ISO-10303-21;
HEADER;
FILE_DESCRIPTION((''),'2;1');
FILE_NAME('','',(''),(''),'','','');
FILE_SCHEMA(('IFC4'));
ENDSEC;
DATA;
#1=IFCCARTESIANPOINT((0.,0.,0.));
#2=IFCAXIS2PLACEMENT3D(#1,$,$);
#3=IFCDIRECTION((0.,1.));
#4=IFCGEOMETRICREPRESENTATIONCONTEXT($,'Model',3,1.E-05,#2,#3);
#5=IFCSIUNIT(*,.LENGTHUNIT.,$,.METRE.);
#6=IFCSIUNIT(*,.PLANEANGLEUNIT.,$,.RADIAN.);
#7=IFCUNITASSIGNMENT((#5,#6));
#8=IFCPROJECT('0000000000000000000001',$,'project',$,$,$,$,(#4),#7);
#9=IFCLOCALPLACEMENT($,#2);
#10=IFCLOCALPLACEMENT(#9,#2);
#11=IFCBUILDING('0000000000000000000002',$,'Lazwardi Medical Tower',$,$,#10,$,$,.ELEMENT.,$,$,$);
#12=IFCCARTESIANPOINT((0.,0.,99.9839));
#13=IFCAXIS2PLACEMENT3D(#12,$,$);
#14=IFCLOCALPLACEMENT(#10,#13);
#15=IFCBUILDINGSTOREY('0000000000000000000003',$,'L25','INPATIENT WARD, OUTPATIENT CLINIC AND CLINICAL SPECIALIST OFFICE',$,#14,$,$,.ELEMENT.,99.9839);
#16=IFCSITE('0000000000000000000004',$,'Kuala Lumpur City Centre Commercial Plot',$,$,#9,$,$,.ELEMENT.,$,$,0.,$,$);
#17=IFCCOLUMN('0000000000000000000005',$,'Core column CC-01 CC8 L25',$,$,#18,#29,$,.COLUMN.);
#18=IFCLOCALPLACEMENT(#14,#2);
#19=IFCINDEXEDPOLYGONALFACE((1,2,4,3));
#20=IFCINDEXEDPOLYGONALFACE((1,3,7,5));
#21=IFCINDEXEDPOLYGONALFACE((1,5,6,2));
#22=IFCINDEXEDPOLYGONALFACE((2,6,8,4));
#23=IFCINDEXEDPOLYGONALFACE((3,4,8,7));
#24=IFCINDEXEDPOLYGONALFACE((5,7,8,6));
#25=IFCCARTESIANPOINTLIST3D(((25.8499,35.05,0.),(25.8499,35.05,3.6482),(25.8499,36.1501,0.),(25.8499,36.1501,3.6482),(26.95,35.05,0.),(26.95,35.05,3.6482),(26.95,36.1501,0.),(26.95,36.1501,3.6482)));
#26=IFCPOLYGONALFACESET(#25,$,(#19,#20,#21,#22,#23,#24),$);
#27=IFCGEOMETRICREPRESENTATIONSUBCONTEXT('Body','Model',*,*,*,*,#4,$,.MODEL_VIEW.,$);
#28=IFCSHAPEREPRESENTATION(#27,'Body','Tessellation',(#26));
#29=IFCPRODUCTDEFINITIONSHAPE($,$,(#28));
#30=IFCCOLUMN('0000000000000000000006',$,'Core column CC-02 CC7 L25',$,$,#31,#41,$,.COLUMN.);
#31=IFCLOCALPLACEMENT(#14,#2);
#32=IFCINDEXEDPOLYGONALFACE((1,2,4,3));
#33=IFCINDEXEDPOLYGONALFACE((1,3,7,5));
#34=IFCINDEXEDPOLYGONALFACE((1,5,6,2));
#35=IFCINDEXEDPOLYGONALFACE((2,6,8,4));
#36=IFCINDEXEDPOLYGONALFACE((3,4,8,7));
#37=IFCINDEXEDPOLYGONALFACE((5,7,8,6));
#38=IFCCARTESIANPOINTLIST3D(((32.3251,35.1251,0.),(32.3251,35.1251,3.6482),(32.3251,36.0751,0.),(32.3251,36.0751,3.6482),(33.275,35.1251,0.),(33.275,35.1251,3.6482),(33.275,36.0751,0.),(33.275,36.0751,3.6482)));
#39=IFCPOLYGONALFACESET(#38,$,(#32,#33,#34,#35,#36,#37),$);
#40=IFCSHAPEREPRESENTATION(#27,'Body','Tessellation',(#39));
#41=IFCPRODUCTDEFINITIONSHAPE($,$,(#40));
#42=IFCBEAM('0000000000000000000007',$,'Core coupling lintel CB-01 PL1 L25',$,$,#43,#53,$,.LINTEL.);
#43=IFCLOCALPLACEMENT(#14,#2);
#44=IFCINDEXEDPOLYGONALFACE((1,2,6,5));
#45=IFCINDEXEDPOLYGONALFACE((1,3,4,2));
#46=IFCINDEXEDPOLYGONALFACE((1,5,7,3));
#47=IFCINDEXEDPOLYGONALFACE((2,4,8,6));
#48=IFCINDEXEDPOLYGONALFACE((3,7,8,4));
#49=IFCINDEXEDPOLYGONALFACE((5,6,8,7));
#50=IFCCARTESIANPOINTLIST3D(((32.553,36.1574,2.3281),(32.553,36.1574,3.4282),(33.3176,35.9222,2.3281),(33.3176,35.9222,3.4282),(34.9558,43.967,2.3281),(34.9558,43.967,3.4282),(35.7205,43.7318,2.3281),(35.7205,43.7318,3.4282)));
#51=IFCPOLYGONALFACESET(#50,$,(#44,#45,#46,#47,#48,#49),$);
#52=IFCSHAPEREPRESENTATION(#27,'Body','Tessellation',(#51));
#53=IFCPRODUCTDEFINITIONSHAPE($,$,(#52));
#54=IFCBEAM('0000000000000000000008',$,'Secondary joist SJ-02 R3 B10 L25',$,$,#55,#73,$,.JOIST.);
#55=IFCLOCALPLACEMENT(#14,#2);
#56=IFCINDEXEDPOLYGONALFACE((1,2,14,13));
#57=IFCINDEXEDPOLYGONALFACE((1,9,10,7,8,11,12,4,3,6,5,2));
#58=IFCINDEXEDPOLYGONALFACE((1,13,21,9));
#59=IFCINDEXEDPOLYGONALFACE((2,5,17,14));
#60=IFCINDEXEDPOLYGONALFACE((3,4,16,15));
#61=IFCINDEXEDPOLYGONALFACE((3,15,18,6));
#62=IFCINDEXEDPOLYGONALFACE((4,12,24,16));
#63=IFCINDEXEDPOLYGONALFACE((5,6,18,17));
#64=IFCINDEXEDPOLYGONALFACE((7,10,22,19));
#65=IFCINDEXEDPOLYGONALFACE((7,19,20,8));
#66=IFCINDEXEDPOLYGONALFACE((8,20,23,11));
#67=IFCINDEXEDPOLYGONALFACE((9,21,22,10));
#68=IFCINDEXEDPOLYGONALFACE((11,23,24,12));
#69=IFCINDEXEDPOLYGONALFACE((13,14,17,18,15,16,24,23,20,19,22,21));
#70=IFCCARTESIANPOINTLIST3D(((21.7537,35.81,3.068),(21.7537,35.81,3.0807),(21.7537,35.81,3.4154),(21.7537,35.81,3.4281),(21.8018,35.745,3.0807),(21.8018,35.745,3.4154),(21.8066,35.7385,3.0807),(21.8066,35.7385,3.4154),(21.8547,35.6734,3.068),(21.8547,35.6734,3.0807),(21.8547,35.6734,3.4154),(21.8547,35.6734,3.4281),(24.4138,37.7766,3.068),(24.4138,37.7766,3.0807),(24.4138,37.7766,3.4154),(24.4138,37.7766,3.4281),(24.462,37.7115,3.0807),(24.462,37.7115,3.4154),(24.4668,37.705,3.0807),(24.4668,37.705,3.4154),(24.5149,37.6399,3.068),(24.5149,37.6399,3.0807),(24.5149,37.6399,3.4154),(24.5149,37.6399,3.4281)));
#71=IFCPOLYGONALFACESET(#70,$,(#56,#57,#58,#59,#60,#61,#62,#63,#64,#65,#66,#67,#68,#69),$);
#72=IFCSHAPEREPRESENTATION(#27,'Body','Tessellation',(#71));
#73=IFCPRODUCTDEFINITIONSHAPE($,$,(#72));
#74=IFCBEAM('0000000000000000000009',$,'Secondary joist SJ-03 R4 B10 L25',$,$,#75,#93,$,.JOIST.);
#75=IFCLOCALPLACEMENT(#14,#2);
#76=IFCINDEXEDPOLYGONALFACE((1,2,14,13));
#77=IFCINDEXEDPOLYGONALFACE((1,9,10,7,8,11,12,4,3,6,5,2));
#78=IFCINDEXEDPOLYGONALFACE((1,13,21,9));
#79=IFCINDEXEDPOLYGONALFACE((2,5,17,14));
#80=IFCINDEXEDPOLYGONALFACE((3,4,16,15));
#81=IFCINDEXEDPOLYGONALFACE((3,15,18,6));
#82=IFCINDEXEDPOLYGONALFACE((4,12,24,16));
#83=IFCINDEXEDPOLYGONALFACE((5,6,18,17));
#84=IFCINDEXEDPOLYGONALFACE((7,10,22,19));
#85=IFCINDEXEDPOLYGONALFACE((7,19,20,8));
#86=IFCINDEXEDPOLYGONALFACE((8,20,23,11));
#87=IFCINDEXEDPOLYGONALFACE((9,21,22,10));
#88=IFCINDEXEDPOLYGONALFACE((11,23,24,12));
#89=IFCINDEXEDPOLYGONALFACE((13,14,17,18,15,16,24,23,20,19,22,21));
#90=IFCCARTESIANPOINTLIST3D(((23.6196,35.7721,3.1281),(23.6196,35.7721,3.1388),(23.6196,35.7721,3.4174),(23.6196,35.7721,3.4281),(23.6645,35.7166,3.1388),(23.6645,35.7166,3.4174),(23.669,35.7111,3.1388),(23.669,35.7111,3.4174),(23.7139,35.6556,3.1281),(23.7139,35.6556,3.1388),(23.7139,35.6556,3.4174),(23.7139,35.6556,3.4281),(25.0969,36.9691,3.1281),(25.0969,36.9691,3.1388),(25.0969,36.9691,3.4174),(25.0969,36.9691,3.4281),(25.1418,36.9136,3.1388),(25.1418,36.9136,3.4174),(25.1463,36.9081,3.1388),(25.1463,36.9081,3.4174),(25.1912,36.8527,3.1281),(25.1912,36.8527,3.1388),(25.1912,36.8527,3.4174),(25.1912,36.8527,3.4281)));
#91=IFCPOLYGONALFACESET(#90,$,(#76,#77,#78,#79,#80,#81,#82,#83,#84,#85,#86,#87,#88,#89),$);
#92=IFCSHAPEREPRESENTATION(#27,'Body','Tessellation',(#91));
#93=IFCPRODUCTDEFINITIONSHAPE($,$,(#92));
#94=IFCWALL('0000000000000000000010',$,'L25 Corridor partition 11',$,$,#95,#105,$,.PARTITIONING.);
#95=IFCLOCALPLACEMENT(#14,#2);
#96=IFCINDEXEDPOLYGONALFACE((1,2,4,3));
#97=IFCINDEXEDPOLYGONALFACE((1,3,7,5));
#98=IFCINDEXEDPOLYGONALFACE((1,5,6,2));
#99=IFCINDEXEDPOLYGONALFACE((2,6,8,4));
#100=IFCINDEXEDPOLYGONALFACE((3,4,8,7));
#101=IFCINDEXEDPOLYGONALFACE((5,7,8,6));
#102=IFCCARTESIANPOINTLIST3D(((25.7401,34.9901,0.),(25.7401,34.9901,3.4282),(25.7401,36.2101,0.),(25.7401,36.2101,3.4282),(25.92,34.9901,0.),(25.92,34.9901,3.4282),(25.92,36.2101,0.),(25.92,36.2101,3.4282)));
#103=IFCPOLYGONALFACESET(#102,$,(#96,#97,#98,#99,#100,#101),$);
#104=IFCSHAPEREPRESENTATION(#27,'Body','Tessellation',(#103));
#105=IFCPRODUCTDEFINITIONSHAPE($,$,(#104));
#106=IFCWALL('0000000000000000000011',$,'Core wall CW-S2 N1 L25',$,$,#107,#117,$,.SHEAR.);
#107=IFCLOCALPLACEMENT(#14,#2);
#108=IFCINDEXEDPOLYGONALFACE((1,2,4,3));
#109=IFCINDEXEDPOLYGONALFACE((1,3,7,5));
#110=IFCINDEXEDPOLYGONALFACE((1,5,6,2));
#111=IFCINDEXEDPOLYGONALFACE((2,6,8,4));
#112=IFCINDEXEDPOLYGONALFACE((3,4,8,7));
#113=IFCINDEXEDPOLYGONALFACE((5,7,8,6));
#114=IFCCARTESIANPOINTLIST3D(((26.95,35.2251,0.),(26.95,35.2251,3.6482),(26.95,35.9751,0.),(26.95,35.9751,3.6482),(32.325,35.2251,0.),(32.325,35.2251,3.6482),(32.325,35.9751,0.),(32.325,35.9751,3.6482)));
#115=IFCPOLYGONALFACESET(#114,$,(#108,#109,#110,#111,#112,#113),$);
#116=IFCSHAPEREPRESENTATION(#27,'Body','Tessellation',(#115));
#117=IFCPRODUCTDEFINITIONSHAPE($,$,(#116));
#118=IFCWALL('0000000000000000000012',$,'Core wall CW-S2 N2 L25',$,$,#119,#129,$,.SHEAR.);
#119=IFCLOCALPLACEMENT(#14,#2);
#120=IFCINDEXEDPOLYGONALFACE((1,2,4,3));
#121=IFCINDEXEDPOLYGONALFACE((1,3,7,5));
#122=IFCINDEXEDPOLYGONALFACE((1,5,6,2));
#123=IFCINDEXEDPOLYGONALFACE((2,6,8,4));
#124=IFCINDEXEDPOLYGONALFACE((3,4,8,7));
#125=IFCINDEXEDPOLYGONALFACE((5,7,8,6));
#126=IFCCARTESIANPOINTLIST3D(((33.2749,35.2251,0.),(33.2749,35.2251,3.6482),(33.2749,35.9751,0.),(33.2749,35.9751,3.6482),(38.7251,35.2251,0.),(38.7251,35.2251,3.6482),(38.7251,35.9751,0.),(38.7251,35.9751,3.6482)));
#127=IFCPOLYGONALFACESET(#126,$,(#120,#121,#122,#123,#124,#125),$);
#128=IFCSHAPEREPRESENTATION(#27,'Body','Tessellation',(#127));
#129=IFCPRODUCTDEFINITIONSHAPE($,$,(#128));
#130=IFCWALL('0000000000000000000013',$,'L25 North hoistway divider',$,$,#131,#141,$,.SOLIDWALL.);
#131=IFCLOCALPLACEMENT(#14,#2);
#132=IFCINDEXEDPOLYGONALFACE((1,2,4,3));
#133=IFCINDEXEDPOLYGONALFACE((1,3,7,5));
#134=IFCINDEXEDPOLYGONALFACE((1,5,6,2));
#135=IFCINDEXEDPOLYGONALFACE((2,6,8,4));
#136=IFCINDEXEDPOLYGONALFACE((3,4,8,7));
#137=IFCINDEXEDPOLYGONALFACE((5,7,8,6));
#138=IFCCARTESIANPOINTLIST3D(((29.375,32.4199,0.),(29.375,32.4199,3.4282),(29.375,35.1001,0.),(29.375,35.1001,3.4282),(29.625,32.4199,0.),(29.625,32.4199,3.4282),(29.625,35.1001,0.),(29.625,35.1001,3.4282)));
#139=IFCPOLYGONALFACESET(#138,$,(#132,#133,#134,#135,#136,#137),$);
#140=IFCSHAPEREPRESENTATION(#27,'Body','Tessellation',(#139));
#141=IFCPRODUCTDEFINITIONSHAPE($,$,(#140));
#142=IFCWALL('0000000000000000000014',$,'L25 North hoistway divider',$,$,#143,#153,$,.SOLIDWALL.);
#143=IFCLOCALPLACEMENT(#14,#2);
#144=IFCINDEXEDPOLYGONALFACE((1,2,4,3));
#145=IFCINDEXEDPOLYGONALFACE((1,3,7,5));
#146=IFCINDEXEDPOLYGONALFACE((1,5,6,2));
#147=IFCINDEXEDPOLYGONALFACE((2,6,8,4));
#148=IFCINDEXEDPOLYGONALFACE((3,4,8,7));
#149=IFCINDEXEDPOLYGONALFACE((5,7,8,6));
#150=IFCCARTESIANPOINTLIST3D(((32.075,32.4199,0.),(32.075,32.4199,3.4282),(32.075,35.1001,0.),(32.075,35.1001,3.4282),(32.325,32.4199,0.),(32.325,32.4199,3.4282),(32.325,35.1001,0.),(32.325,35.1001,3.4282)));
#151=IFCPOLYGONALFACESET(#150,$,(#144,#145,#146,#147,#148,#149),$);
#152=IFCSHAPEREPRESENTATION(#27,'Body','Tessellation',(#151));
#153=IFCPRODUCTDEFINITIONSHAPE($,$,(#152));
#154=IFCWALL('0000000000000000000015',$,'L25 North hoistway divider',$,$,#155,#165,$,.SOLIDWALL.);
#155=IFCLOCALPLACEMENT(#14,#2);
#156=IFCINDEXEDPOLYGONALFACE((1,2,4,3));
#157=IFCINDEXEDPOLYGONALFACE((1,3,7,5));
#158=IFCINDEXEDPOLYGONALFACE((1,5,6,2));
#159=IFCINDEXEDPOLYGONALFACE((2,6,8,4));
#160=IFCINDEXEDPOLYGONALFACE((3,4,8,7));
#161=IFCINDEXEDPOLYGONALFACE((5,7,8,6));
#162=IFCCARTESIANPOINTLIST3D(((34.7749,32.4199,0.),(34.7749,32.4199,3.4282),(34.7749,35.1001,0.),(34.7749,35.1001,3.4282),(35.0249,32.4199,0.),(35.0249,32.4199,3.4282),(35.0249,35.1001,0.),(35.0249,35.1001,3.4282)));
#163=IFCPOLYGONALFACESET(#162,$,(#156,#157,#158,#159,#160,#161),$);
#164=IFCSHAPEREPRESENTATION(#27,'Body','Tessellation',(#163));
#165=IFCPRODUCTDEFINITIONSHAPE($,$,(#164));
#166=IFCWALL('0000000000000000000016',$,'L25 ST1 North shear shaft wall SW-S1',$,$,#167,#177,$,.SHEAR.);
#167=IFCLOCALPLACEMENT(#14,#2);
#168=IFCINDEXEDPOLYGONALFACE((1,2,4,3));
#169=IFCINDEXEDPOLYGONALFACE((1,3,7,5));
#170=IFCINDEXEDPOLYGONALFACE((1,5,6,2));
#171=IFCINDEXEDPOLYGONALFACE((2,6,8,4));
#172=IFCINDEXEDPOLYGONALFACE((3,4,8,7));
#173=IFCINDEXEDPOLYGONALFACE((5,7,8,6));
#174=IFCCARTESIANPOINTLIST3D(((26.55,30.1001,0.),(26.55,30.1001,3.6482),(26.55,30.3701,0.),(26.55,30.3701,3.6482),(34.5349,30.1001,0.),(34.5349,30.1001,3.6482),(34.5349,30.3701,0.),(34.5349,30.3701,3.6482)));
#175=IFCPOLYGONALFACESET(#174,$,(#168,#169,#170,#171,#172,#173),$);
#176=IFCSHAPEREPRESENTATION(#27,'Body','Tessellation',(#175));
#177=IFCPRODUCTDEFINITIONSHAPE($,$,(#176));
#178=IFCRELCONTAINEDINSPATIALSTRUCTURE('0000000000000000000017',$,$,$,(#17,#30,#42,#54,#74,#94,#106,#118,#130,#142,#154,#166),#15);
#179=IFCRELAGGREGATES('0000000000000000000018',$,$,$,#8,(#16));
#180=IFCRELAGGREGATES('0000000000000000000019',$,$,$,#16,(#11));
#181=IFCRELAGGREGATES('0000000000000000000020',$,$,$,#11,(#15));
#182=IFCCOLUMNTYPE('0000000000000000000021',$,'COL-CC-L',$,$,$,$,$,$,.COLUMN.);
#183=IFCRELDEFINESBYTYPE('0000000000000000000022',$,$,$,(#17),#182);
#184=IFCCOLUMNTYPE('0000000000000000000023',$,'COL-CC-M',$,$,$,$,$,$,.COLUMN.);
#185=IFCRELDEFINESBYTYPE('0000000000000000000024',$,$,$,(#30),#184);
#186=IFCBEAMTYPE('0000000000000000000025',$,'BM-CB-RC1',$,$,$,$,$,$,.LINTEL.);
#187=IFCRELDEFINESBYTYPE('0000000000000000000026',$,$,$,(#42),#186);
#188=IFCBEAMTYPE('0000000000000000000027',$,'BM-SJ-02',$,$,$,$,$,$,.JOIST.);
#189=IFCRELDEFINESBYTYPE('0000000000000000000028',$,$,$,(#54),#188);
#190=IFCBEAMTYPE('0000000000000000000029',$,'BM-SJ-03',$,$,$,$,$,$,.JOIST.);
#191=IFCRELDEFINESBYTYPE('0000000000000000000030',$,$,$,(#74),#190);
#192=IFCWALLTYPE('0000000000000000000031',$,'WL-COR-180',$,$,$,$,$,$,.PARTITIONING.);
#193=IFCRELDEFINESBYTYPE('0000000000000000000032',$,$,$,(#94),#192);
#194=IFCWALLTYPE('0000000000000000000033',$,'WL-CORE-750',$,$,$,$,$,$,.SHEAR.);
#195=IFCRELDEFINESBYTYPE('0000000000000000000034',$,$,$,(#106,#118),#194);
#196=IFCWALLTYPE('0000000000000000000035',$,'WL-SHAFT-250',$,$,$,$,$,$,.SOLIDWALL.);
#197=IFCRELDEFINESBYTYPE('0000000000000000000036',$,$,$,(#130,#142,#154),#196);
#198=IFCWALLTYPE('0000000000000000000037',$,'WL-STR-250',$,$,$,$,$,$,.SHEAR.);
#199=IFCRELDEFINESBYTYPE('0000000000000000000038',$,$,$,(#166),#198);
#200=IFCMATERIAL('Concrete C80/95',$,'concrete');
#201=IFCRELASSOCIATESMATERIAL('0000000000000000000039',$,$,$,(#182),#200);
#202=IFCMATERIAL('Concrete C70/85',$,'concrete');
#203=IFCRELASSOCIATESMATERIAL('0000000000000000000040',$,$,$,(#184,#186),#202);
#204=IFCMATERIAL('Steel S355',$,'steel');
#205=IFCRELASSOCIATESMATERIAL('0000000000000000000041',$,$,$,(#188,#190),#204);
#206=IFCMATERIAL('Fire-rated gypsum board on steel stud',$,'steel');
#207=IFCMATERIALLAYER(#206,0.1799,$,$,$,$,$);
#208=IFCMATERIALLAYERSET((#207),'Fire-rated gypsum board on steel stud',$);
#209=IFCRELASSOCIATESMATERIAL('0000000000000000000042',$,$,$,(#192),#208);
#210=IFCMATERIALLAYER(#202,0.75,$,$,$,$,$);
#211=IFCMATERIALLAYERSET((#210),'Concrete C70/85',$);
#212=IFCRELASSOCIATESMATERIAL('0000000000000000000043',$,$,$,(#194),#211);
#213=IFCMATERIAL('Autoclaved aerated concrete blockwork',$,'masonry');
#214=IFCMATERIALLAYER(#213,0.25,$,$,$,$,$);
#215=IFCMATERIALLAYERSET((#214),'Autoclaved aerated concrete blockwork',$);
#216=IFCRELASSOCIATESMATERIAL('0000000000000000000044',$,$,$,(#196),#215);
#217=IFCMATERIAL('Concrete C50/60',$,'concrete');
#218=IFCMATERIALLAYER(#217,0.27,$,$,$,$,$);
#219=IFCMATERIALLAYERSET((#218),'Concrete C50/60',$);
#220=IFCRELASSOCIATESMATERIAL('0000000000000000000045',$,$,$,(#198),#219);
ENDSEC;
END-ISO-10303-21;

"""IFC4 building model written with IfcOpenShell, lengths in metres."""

from ifc_helpers import new_model, si_unit, direction, frame, frame_2d, origin, origin_2d, place, context, subcontext, project, spatial, rectangle, i_section, extrude, material, layer, layer_set, material_profile, profile_set, type_object, element, save


model = new_model("IFC4")

# Units and contexts
model_context = context("Model", 3, precision=1e-05, world=origin(), true_north=direction((0.0, 1.0)))
body_context = subcontext(model_context, "Body", "Model", "MODEL_VIEW")
ifc_project = project(units=[si_unit("LENGTHUNIT", "METRE"), si_unit("PLANEANGLEUNIT", "RADIAN")], contexts=[model_context])

# Site, building, storey
site_placement = place(None, origin())
site = spatial("IfcSite", under=ifc_project, at=site_placement, Name="Kuala Lumpur City Centre Commercial Plot", CompositionType="ELEMENT", RefElevation=0.0)
building_placement = place(site_placement, origin())
building = spatial("IfcBuilding", under=site, at=building_placement, Name="Lazwardi Medical Tower", CompositionType="ELEMENT")
storey_placement = place(building_placement, frame((0.0, 0.0, 99.9839)))
storey = spatial("IfcBuildingStorey", under=building, at=storey_placement, Name="L25", Description="INPATIENT WARD, OUTPATIENT CLINIC AND CLINICAL SPECIALIST OFFICE", CompositionType="ELEMENT", Elevation=99.9839)

# Columns
ifc_material_1 = material(Name="Concrete C80/95", Category="concrete")
ifc_material_profile_1 = material_profile(ifc_material_1, rectangle(XDim=1.1001, YDim=1.1001, at=origin_2d()), Name="RC 1100x1100")
ifc_profile_set_1 = profile_set([ifc_material_profile_1], Name="Concrete C80/95")
column_type_1 = type_object("IfcColumnType", Name="COL-CC-L", PredefinedType="COLUMN", material=ifc_profile_set_1)
column_1_placement = place(storey_placement, frame((26.3999, 35.6001, 0.0), z_axis=(0.0, 0.0, 1.0), x_axis=(1.0, 0.0, 0.0)))
element("IfcColumn", 1, at=column_1_placement, inside=storey, type_object=column_type_1, Name="Core column CC-01 CC8 L25", PredefinedType="COLUMN", context=body_context, shape_type="SweptSolid", body=[
    extrude(rectangle(XDim=1.1001, YDim=1.1001, at=origin_2d()), origin(), (0.0, 0.0, 1.0), 3.6482),
])
ifc_material_2 = material(Name="Concrete C70/85", Category="concrete")
ifc_material_profile_2 = material_profile(ifc_material_2, rectangle(XDim=0.95, YDim=0.95, at=origin_2d()), Name="RC 950x950")
ifc_profile_set_2 = profile_set([ifc_material_profile_2], Name="Concrete C70/85")
column_type_2 = type_object("IfcColumnType", Name="COL-CC-M", PredefinedType="COLUMN", material=ifc_profile_set_2)
column_2_placement = place(storey_placement, frame((32.8, 35.6001, 0.0), z_axis=(0.0, 0.0, 1.0), x_axis=(1.0, 0.0, 0.0)))
element("IfcColumn", 2, at=column_2_placement, inside=storey, type_object=column_type_2, Name="Core column CC-02 CC7 L25", PredefinedType="COLUMN", context=body_context, shape_type="SweptSolid", body=[
    extrude(rectangle(XDim=0.95, YDim=0.95, at=origin_2d()), origin(), (0.0, 0.0, 1.0), 3.6482),
])

# Beams
ifc_material_profile_3 = material_profile(ifc_material_2, rectangle(XDim=0.8, YDim=1.1001, at=origin_2d()), Name="RC 800x1100")
ifc_profile_set_3 = profile_set([ifc_material_profile_3], Name="Concrete C70/85")
beam_type_1 = type_object("IfcBeamType", Name="BM-CB-RC1", PredefinedType="LINTEL", material=ifc_profile_set_3)
beam_1_placement = place(storey_placement, frame((32.9353, 36.0398, 2.8782), z_axis=(0.294073, 0.955783, 0.0), x_axis=(-0.955783, 0.294073, 0.0)))
element("IfcBeam", 3, at=beam_1_placement, inside=storey, type_object=beam_type_1, Name="Core coupling lintel CB-01 PL1 L25", PredefinedType="LINTEL", context=body_context, shape_type="SweptSolid", body=[
    extrude(rectangle(XDim=0.8, YDim=1.1001, at=origin_2d()), origin(), (0.0, 0.0, 1.0), 8.1709),
])
ifc_material_3 = material(Name="Steel S355", Category="steel")
ifc_material_profile_4 = material_profile(ifc_material_3, i_section(OverallWidth=0.1699, OverallDepth=0.3601, WebThickness=0.0081, FlangeThickness=0.0127, at=origin_2d()), Name="IPE 360")
ifc_profile_set_4 = profile_set([ifc_material_profile_4], Name="Steel S355")
beam_type_2 = type_object("IfcBeamType", Name="BM-SJ-02", PredefinedType="JOIST", material=ifc_profile_set_4)
beam_2_placement = place(storey_placement, frame((24.4644, 37.7083, 3.248), z_axis=(-0.804126, -0.59446, 0.0), x_axis=(0.59446, -0.804126, 0.0)))
element("IfcBeam", 4, at=beam_2_placement, inside=storey, type_object=beam_type_2, Name="Secondary joist SJ-02 R3 B10 L25", PredefinedType="JOIST", context=body_context, shape_type="SweptSolid", body=[
    extrude(i_section(OverallWidth=0.1699, OverallDepth=0.3601, WebThickness=0.0081, FlangeThickness=0.0127, at=origin_2d()), origin(), (0.0, 0.0, 1.0), 3.3081),
])
ifc_material_profile_5 = material_profile(ifc_material_3, i_section(OverallWidth=0.1499, OverallDepth=0.3, WebThickness=0.0071, FlangeThickness=0.0107, at=origin_2d()), Name="IPE 300")
ifc_profile_set_5 = profile_set([ifc_material_profile_5], Name="Steel S355")
beam_type_3 = type_object("IfcBeamType", Name="BM-SJ-03", PredefinedType="JOIST", material=ifc_profile_set_5)
beam_3_placement = place(storey_placement, frame((25.144, 36.9109, 3.2781), z_axis=(-0.776958, -0.629553, 0.0), x_axis=(0.629553, -0.776958, 0.0)))
element("IfcBeam", 5, at=beam_3_placement, inside=storey, type_object=beam_type_3, Name="Secondary joist SJ-03 R4 B10 L25", PredefinedType="JOIST", context=body_context, shape_type="SweptSolid", body=[
    extrude(i_section(OverallWidth=0.1499, OverallDepth=0.3, WebThickness=0.0071, FlangeThickness=0.0107, at=origin_2d()), origin(), (0.0, 0.0, 1.0), 1.9014),
])

# Walls
ifc_material_4 = material(Name="Fire-rated gypsum board on steel stud", Category="steel")
ifc_layer_1 = layer(ifc_material_4, 0.1799)
ifc_layer_set_1 = layer_set([ifc_layer_1], Name="Fire-rated gypsum board on steel stud")
wall_type_1 = type_object("IfcWallType", Name="WL-COR-180", PredefinedType="PARTITIONING", material=ifc_layer_set_1)
wall_1_placement = place(storey_placement, frame((25.8301, 36.21, 0.0), z_axis=(0.0, 0.0, 1.0), x_axis=(0.0, -1.0, 0.0)))
element("IfcWall", 6, at=wall_1_placement, inside=storey, type_object=wall_type_1, Name="L25 Corridor partition 11", PredefinedType="PARTITIONING", context=body_context, shape_type="SweptSolid", body=[
    extrude(rectangle(XDim=1.22, YDim=0.1799, at=frame_2d((0.6099, 0.0))), origin(), (0.0, 0.0, 1.0), 3.4282),
])
ifc_layer_2 = layer(ifc_material_2, 0.75)
ifc_layer_set_2 = layer_set([ifc_layer_2], Name="Concrete C70/85")
wall_type_2 = type_object("IfcWallType", Name="WL-CORE-750", PredefinedType="SHEAR", material=ifc_layer_set_2)
wall_2_placement = place(storey_placement, frame((26.95, 35.6001, 0.0), z_axis=(0.0, 0.0, 1.0), x_axis=(1.0, 0.0, 0.0)))
element("IfcWall", 7, at=wall_2_placement, inside=storey, type_object=wall_type_2, Name="Core wall CW-S2 N1 L25", PredefinedType="SHEAR", context=body_context, shape_type="SweptSolid", body=[
    extrude(rectangle(XDim=5.375, YDim=0.75, at=frame_2d((2.6875, 0.0))), origin(), (0.0, 0.0, 1.0), 3.6482),
])
wall_3_placement = place(storey_placement, frame((33.2749, 35.6001, 0.0), z_axis=(0.0, 0.0, 1.0), x_axis=(1.0, 0.0, 0.0)))
element("IfcWall", 8, at=wall_3_placement, inside=storey, type_object=wall_type_2, Name="Core wall CW-S2 N2 L25", PredefinedType="SHEAR", context=body_context, shape_type="SweptSolid", body=[
    extrude(rectangle(XDim=5.4502, YDim=0.75, at=frame_2d((2.7251, 0.0))), origin(), (0.0, 0.0, 1.0), 3.6482),
])
ifc_material_5 = material(Name="Autoclaved aerated concrete blockwork", Category="masonry")
ifc_layer_3 = layer(ifc_material_5, 0.25)
ifc_layer_set_3 = layer_set([ifc_layer_3], Name="Autoclaved aerated concrete blockwork")
wall_type_3 = type_object("IfcWallType", Name="WL-SHAFT-250", PredefinedType="SOLIDWALL", material=ifc_layer_set_3)
for number, where, z_axis, x_axis, name in (
    (9, (29.5, 32.4199, 0.0), (0.0, 0.0, 1.0), (0.0, 1.0, 0.0), "L25 North hoistway divider"),
    (10, (32.2, 32.4199, 0.0), (0.0, 0.0, 1.0), (0.0, 1.0, 0.0), "L25 North hoistway divider"),
    (11, (34.8999, 32.4199, 0.0), (0.0, 0.0, 1.0), (0.0, 1.0, 0.0), "L25 North hoistway divider"),
):
    element("IfcWall", number, at=place(storey_placement, frame(where, z_axis=z_axis, x_axis=x_axis)), inside=storey, type_object=wall_type_3, Name=name, PredefinedType="SOLIDWALL", context=body_context, shape_type="SweptSolid", body=[
        extrude(rectangle(XDim=2.6802, YDim=0.25, at=frame_2d((1.3401, 0.0))), origin(), (0.0, 0.0, 1.0), 3.4282),
    ])
ifc_material_6 = material(Name="Concrete C50/60", Category="concrete")
ifc_layer_4 = layer(ifc_material_6, 0.27)
ifc_layer_set_4 = layer_set([ifc_layer_4], Name="Concrete C50/60")
wall_type_4 = type_object("IfcWallType", Name="WL-STR-250", PredefinedType="SHEAR", material=ifc_layer_set_4)
wall_4_placement = place(storey_placement, frame((26.55, 30.2351, 0.0), z_axis=(0.0, 0.0, 1.0), x_axis=(1.0, 0.0, 0.0)))
element("IfcWall", 12, at=wall_4_placement, inside=storey, type_object=wall_type_4, Name="L25 ST1 North shear shaft wall SW-S1", PredefinedType="SHEAR", context=body_context, shape_type="SweptSolid", body=[
    extrude(rectangle(XDim=7.9849, YDim=0.27, at=frame_2d((3.9924, 0.0))), origin(), (0.0, 0.0, 1.0), 3.6482),
])

save(model, "model.ifc")
